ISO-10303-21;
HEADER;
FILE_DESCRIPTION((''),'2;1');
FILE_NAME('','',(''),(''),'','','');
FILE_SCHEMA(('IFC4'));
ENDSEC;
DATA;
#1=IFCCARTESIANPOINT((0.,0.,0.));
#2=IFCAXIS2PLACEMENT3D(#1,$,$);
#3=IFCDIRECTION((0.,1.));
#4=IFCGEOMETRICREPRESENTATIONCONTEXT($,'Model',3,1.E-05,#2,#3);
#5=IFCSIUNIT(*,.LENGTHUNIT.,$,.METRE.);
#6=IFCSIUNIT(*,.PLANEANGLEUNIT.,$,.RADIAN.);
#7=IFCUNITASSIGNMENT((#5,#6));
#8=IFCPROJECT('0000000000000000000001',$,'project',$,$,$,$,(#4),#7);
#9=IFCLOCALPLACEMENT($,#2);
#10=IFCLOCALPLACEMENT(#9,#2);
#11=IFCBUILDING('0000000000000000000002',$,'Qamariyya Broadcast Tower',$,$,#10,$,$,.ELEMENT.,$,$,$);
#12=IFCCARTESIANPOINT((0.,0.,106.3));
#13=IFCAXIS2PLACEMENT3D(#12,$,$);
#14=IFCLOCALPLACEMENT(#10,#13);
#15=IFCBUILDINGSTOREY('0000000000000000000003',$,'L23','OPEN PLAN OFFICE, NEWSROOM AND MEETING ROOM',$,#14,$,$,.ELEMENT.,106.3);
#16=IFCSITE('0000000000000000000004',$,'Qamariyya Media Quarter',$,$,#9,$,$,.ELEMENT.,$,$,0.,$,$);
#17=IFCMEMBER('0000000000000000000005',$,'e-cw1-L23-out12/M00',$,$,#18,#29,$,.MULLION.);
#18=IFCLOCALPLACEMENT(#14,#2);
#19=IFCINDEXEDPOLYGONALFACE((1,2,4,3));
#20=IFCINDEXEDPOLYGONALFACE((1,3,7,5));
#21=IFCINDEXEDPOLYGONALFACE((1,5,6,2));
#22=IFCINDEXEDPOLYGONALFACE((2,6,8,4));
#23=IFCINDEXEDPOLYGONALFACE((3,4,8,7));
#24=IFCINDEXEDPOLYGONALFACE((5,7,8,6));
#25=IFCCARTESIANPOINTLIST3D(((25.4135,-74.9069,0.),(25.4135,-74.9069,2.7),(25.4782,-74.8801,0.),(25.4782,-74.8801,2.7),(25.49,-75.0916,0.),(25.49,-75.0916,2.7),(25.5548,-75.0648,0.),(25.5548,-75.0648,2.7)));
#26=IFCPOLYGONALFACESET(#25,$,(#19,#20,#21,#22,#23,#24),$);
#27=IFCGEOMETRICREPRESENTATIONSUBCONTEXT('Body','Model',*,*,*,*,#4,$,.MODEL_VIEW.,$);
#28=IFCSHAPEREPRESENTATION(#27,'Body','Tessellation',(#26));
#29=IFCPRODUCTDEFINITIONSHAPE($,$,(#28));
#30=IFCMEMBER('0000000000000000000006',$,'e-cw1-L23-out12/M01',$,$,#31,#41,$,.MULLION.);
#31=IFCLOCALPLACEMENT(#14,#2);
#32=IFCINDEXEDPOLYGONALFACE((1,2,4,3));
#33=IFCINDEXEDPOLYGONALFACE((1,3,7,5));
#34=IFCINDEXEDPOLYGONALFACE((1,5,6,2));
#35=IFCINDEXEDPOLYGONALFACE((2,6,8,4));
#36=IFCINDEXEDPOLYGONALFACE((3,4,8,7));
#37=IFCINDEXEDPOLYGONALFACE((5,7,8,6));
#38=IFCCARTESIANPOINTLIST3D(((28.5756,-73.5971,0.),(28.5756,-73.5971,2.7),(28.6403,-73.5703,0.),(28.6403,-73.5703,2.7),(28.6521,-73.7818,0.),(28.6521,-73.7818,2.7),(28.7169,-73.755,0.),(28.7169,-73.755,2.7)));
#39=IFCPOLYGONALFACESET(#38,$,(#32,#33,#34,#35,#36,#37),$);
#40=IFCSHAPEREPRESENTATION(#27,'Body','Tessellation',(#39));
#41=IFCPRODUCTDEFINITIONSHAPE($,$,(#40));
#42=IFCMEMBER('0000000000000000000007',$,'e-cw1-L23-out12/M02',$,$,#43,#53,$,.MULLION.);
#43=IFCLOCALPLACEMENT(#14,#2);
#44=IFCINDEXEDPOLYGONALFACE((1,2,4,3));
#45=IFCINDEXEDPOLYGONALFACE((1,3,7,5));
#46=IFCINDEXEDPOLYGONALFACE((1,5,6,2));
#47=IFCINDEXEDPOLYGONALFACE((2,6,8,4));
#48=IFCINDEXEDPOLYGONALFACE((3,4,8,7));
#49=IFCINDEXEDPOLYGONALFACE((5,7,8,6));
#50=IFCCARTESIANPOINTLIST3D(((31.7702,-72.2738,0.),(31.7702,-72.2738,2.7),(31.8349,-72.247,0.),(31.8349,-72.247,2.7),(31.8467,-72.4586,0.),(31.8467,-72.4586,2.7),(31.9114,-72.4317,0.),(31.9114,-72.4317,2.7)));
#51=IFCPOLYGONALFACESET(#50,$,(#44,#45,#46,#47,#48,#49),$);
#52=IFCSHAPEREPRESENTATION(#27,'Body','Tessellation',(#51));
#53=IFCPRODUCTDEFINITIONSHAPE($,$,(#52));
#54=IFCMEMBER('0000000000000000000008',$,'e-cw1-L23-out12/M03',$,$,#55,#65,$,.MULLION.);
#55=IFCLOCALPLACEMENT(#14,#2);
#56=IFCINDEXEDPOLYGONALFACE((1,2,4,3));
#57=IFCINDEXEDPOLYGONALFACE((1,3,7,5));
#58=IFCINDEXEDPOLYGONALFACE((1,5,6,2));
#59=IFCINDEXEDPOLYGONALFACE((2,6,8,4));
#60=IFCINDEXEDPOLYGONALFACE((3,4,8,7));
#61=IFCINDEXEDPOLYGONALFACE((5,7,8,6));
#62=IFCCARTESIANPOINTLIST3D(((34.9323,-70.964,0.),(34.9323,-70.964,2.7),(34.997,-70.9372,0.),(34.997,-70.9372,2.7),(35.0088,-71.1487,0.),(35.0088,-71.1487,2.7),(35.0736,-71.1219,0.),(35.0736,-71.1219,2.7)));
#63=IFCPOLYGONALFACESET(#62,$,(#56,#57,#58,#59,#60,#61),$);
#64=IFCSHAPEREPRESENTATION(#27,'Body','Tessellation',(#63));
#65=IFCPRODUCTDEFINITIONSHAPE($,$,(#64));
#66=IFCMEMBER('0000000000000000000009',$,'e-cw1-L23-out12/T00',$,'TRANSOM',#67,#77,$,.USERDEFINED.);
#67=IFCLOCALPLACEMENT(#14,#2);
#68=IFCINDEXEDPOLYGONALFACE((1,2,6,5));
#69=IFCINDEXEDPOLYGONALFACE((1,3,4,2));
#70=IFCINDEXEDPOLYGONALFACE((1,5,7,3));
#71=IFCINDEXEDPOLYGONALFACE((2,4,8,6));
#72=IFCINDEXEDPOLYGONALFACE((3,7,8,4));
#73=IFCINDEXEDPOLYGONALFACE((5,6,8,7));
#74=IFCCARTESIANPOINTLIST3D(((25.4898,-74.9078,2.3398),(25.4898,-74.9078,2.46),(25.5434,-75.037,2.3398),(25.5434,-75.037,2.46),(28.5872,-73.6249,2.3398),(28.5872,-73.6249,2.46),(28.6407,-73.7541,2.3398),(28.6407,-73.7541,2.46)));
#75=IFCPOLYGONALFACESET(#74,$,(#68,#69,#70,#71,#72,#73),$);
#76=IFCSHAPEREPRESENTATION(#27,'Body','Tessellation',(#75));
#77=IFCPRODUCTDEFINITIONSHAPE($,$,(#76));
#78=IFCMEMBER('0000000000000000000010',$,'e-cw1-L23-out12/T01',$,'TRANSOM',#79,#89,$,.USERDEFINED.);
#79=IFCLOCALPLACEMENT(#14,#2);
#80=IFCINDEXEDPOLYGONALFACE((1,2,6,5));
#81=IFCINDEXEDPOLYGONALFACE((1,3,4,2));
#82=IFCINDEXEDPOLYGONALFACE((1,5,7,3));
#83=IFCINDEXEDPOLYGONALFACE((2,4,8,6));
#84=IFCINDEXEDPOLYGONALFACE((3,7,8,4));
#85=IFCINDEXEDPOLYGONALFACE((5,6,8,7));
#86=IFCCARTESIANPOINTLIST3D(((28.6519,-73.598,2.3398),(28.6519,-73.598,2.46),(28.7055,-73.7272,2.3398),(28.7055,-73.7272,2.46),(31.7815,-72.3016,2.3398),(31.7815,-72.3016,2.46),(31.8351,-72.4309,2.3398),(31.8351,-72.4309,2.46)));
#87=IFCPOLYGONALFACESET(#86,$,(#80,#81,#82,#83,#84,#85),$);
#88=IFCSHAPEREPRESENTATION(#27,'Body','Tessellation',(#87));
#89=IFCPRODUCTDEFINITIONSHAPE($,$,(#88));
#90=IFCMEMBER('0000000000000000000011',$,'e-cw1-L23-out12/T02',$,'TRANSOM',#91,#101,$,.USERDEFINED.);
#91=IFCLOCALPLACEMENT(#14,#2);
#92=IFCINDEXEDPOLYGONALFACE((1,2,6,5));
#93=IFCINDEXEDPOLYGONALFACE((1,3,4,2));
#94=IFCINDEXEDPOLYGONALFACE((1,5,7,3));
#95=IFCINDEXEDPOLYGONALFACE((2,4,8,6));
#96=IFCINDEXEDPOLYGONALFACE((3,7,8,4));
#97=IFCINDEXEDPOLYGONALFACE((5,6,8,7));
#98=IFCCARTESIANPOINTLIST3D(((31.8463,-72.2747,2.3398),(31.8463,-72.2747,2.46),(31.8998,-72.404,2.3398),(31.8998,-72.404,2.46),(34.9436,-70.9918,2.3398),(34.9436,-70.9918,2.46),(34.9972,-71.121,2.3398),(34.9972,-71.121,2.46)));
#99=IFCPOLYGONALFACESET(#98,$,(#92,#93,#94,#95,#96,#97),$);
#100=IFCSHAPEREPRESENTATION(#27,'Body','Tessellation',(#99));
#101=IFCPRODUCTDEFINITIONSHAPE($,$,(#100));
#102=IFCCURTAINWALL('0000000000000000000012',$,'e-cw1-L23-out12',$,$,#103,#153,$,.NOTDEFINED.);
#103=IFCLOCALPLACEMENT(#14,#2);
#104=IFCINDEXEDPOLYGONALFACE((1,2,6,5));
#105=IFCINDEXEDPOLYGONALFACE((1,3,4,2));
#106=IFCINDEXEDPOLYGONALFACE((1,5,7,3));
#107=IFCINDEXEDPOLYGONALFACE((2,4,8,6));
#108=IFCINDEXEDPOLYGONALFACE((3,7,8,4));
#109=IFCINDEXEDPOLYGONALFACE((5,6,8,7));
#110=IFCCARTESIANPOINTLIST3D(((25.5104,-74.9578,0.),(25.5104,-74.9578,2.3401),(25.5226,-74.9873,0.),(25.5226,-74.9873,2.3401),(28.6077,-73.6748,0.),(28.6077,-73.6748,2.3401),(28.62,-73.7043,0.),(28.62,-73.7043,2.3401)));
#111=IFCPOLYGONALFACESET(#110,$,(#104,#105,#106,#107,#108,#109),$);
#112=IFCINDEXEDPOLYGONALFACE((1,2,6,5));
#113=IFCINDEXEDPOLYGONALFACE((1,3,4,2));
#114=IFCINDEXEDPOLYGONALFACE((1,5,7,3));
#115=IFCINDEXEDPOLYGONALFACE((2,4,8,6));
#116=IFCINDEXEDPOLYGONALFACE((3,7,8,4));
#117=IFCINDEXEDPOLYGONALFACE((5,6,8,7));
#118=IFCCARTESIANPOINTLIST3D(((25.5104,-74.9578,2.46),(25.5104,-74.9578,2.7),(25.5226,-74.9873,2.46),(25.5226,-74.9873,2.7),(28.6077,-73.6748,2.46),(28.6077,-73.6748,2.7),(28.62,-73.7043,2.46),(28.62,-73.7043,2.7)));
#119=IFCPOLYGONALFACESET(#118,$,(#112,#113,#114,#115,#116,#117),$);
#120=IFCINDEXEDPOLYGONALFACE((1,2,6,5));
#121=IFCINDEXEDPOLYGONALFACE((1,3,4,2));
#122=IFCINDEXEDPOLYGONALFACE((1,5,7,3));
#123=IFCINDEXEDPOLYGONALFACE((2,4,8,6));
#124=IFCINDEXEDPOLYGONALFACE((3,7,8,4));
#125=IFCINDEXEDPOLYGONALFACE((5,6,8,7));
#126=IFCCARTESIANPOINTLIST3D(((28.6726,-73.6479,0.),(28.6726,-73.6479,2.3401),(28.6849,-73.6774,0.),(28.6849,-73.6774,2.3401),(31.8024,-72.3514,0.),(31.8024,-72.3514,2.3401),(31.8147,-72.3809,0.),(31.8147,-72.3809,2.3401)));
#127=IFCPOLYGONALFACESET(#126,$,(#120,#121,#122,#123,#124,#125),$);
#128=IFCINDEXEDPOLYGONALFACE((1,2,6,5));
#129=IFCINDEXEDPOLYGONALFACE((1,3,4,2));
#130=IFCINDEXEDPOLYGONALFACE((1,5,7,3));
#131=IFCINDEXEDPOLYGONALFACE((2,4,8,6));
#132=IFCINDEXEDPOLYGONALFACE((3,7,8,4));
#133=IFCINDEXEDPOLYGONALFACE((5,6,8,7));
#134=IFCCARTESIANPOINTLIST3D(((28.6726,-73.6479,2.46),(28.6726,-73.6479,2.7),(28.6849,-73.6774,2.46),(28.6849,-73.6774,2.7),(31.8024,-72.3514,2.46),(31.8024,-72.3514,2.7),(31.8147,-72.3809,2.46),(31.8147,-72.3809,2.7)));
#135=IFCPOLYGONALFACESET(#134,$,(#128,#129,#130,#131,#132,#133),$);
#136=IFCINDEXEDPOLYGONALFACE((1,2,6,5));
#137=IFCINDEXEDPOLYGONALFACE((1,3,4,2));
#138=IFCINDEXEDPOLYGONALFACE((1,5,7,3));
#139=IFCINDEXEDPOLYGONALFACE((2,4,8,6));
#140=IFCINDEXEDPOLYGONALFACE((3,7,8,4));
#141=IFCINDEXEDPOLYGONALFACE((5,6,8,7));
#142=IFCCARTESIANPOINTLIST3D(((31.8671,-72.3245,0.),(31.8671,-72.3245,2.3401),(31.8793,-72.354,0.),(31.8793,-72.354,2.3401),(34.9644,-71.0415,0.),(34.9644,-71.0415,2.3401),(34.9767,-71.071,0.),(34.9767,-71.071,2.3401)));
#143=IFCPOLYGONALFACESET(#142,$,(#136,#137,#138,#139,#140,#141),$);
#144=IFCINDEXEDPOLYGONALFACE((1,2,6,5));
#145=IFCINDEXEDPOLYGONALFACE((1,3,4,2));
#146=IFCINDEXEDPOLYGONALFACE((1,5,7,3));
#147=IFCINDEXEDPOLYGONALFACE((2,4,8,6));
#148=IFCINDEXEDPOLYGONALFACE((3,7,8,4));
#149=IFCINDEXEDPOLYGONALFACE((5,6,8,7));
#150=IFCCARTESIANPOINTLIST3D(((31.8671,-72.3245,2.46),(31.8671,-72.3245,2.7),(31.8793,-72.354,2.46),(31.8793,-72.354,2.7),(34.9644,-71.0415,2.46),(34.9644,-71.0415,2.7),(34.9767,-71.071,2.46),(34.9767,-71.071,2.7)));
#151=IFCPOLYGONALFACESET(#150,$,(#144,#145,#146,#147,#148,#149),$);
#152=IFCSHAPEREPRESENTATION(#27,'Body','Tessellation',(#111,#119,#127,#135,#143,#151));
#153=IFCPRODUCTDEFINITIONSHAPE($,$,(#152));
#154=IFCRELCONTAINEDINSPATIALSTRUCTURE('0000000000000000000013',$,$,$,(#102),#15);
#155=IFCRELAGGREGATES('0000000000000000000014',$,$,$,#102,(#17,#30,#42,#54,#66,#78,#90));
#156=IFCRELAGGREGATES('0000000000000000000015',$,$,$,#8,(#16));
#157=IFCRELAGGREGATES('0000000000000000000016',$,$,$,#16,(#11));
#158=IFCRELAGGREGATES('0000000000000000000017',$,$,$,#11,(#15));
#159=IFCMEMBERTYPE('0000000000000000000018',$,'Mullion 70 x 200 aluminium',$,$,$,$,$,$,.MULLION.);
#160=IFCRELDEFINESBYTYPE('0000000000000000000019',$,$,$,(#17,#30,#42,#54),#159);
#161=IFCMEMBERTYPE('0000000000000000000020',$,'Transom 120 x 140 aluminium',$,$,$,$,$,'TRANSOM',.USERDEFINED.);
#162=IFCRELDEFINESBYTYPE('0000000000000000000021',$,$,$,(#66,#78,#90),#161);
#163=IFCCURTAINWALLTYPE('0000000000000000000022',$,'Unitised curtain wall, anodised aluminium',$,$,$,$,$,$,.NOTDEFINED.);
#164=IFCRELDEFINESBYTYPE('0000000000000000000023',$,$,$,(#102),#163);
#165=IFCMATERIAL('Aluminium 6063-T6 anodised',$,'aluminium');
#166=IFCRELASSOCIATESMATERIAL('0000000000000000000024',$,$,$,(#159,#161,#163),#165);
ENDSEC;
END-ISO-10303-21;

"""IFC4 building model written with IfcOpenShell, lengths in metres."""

from ifc_helpers import new_model, si_unit, direction, frame, origin, origin_2d, place, context, subcontext, project, spatial, rectangle, extrude, material, material_profile, profile_set, type_object, element, aggregate, save


model = new_model("IFC4")

# Units and contexts
model_context = context("Model", 3, precision=1e-05, world=origin(), true_north=direction((0.0, 1.0)))
body_context = subcontext(model_context, "Body", "Model", "MODEL_VIEW")
ifc_project = project(units=[si_unit("LENGTHUNIT", "METRE"), si_unit("PLANEANGLEUNIT", "RADIAN")], contexts=[model_context])

# Members
ifc_material = material(Name="Aluminium 6063-T6 anodised", Category="aluminium")
ifc_material_profile_1 = material_profile(ifc_material, rectangle(XDim=0.2, YDim=0.0701, at=origin_2d()))
ifc_profile_set_1 = profile_set([ifc_material_profile_1], Name="Aluminium 6063-T6 anodised")
member_type_1 = type_object("IfcMemberType", Name="Mullion 70 x 200 aluminium", PredefinedType="MULLION", material=ifc_profile_set_1)
site_placement = place(None, origin())
building_placement = place(site_placement, origin())
storey_placement = place(building_placement, frame((0.0, 0.0, 106.3)))
member_1_placement = place(storey_placement, frame((25.4841, -74.9858, 0.0), z_axis=(0.0, 0.0, 1.0), x_axis=(-0.382683, 0.92388, 0.0)))
member_1 = element("IfcMember", 1, at=member_1_placement, type_object=member_type_1, Name="e-cw1-L23-out12/M00", PredefinedType="MULLION", context=body_context, shape_type="SweptSolid", body=[
    extrude(rectangle(XDim=0.2, YDim=0.0701, at=origin_2d()), origin(), (0.0, 0.0, 1.0), 2.7),
])
member_2_placement = place(storey_placement, frame((28.6462, -73.676, 0.0), z_axis=(0.0, 0.0, 1.0), x_axis=(-0.382683, 0.92388, 0.0)))
member_2 = element("IfcMember", 2, at=member_2_placement, type_object=member_type_1, Name="e-cw1-L23-out12/M01", PredefinedType="MULLION", context=body_context, shape_type="SweptSolid", body=[
    extrude(rectangle(XDim=0.2, YDim=0.0701, at=origin_2d()), origin(), (0.0, 0.0, 1.0), 2.7),
])
member_3_placement = place(storey_placement, frame((31.8408, -72.3528, 0.0), z_axis=(0.0, 0.0, 1.0), x_axis=(-0.382683, 0.92388, 0.0)))
member_3 = element("IfcMember", 3, at=member_3_placement, type_object=member_type_1, Name="e-cw1-L23-out12/M02", PredefinedType="MULLION", context=body_context, shape_type="SweptSolid", body=[
    extrude(rectangle(XDim=0.2, YDim=0.0701, at=origin_2d()), origin(), (0.0, 0.0, 1.0), 2.7),
])
member_4_placement = place(storey_placement, frame((35.0029, -71.043, 0.0), z_axis=(0.0, 0.0, 1.0), x_axis=(-0.382683, 0.92388, 0.0)))
member_4 = element("IfcMember", 4, at=member_4_placement, type_object=member_type_1, Name="e-cw1-L23-out12/M03", PredefinedType="MULLION", context=body_context, shape_type="SweptSolid", body=[
    extrude(rectangle(XDim=0.2, YDim=0.0701, at=origin_2d()), origin(), (0.0, 0.0, 1.0), 2.7),
])
ifc_material_profile_2 = material_profile(ifc_material, rectangle(XDim=0.1399, YDim=0.1201, at=origin_2d()))
ifc_profile_set_2 = profile_set([ifc_material_profile_2], Name="Aluminium 6063-T6 anodised")
member_type_2 = type_object("IfcMemberType", Name="Transom 120 x 140 aluminium", ElementType="TRANSOM", PredefinedType="USERDEFINED", material=ifc_profile_set_2)
member_5_placement = place(storey_placement, frame((25.5166, -74.9724, 2.3999), z_axis=(0.923883, 0.382676, 0.0), x_axis=(-0.382676, 0.923883, 0.0)))
member_5 = element("IfcMember", 5, at=member_5_placement, type_object=member_type_2, Name="e-cw1-L23-out12/T00", ObjectType="TRANSOM", PredefinedType="USERDEFINED", context=body_context, shape_type="SweptSolid", body=[
    extrude(rectangle(XDim=0.1399, YDim=0.1201, at=origin_2d()), origin(), (0.0, 0.0, 1.0), 3.3525),
])
member_6_placement = place(storey_placement, frame((28.6787, -73.6626, 2.3999), z_axis=(0.923875, 0.382696, 0.0), x_axis=(-0.382696, 0.923875, 0.0)))
member_6 = element("IfcMember", 6, at=member_6_placement, type_object=member_type_2, Name="e-cw1-L23-out12/T01", ObjectType="TRANSOM", PredefinedType="USERDEFINED", context=body_context, shape_type="SweptSolid", body=[
    extrude(rectangle(XDim=0.1399, YDim=0.1201, at=origin_2d()), origin(), (0.0, 0.0, 1.0), 3.3875),
])
member_7_placement = place(storey_placement, frame((31.873, -72.3394, 2.3999), z_axis=(0.923883, 0.382676, 0.0), x_axis=(-0.382676, 0.923883, 0.0)))
member_7 = element("IfcMember", 7, at=member_7_placement, type_object=member_type_2, Name="e-cw1-L23-out12/T02", ObjectType="TRANSOM", PredefinedType="USERDEFINED", context=body_context, shape_type="SweptSolid", body=[
    extrude(rectangle(XDim=0.1399, YDim=0.1201, at=origin_2d()), origin(), (0.0, 0.0, 1.0), 3.3525),
])

# Site, building, storey
site = spatial("IfcSite", under=ifc_project, at=site_placement, Name="Qamariyya Media Quarter", CompositionType="ELEMENT", RefElevation=0.0)
building = spatial("IfcBuilding", under=site, at=building_placement, Name="Qamariyya Broadcast Tower", CompositionType="ELEMENT")
storey = spatial("IfcBuildingStorey", under=building, at=storey_placement, Name="L23", Description="OPEN PLAN OFFICE, NEWSROOM AND MEETING ROOM", CompositionType="ELEMENT", Elevation=106.3)

# Curtain wall
curtain_wall_type = type_object("IfcCurtainWallType", Name="Unitised curtain wall, anodised aluminium", PredefinedType="NOTDEFINED", material=ifc_material)
curtain_wall_1_placement = place(storey_placement, origin())
curtain_wall_1 = element("IfcCurtainWall", 8, at=curtain_wall_1_placement, inside=storey, type_object=curtain_wall_type, Name="e-cw1-L23-out12", PredefinedType="NOTDEFINED", context=body_context, shape_type="SweptSolid", body=[
    extrude(rectangle(XDim=3.3525, YDim=0.032, at=origin_2d()), frame((27.0652, -74.3311, 0.0), x_axis=(0.923872, 0.382701, 0.0)), (0.0, 0.0, 1.0), 2.3401),
    extrude(rectangle(XDim=3.3525, YDim=0.032, at=origin_2d()), frame((27.0652, -74.3311, 2.46), x_axis=(0.923872, 0.382701, 0.0)), (0.0, 0.0, 1.0), 0.24),
    extrude(rectangle(XDim=3.3877, YDim=0.032, at=origin_2d()), frame((30.2437, -73.0144, 0.0), x_axis=(0.923872, 0.382701, 0.0)), (0.0, 0.0, 1.0), 2.3401),
    extrude(rectangle(XDim=3.3877, YDim=0.032, at=origin_2d()), frame((30.2437, -73.0144, 2.46), x_axis=(0.923872, 0.382701, 0.0)), (0.0, 0.0, 1.0), 0.24),
    extrude(rectangle(XDim=3.3525, YDim=0.032, at=origin_2d()), frame((33.4219, -71.6978, 0.0), x_axis=(0.923872, 0.382701, 0.0)), (0.0, 0.0, 1.0), 2.3401),
    extrude(rectangle(XDim=3.3525, YDim=0.032, at=origin_2d()), frame((33.4219, -71.6978, 2.46), x_axis=(0.923872, 0.382701, 0.0)), (0.0, 0.0, 1.0), 0.24),
])
aggregate(curtain_wall_1, [member_1, member_2, member_3, member_4, member_5, member_6, member_7])

save(model, "model.ifc")
